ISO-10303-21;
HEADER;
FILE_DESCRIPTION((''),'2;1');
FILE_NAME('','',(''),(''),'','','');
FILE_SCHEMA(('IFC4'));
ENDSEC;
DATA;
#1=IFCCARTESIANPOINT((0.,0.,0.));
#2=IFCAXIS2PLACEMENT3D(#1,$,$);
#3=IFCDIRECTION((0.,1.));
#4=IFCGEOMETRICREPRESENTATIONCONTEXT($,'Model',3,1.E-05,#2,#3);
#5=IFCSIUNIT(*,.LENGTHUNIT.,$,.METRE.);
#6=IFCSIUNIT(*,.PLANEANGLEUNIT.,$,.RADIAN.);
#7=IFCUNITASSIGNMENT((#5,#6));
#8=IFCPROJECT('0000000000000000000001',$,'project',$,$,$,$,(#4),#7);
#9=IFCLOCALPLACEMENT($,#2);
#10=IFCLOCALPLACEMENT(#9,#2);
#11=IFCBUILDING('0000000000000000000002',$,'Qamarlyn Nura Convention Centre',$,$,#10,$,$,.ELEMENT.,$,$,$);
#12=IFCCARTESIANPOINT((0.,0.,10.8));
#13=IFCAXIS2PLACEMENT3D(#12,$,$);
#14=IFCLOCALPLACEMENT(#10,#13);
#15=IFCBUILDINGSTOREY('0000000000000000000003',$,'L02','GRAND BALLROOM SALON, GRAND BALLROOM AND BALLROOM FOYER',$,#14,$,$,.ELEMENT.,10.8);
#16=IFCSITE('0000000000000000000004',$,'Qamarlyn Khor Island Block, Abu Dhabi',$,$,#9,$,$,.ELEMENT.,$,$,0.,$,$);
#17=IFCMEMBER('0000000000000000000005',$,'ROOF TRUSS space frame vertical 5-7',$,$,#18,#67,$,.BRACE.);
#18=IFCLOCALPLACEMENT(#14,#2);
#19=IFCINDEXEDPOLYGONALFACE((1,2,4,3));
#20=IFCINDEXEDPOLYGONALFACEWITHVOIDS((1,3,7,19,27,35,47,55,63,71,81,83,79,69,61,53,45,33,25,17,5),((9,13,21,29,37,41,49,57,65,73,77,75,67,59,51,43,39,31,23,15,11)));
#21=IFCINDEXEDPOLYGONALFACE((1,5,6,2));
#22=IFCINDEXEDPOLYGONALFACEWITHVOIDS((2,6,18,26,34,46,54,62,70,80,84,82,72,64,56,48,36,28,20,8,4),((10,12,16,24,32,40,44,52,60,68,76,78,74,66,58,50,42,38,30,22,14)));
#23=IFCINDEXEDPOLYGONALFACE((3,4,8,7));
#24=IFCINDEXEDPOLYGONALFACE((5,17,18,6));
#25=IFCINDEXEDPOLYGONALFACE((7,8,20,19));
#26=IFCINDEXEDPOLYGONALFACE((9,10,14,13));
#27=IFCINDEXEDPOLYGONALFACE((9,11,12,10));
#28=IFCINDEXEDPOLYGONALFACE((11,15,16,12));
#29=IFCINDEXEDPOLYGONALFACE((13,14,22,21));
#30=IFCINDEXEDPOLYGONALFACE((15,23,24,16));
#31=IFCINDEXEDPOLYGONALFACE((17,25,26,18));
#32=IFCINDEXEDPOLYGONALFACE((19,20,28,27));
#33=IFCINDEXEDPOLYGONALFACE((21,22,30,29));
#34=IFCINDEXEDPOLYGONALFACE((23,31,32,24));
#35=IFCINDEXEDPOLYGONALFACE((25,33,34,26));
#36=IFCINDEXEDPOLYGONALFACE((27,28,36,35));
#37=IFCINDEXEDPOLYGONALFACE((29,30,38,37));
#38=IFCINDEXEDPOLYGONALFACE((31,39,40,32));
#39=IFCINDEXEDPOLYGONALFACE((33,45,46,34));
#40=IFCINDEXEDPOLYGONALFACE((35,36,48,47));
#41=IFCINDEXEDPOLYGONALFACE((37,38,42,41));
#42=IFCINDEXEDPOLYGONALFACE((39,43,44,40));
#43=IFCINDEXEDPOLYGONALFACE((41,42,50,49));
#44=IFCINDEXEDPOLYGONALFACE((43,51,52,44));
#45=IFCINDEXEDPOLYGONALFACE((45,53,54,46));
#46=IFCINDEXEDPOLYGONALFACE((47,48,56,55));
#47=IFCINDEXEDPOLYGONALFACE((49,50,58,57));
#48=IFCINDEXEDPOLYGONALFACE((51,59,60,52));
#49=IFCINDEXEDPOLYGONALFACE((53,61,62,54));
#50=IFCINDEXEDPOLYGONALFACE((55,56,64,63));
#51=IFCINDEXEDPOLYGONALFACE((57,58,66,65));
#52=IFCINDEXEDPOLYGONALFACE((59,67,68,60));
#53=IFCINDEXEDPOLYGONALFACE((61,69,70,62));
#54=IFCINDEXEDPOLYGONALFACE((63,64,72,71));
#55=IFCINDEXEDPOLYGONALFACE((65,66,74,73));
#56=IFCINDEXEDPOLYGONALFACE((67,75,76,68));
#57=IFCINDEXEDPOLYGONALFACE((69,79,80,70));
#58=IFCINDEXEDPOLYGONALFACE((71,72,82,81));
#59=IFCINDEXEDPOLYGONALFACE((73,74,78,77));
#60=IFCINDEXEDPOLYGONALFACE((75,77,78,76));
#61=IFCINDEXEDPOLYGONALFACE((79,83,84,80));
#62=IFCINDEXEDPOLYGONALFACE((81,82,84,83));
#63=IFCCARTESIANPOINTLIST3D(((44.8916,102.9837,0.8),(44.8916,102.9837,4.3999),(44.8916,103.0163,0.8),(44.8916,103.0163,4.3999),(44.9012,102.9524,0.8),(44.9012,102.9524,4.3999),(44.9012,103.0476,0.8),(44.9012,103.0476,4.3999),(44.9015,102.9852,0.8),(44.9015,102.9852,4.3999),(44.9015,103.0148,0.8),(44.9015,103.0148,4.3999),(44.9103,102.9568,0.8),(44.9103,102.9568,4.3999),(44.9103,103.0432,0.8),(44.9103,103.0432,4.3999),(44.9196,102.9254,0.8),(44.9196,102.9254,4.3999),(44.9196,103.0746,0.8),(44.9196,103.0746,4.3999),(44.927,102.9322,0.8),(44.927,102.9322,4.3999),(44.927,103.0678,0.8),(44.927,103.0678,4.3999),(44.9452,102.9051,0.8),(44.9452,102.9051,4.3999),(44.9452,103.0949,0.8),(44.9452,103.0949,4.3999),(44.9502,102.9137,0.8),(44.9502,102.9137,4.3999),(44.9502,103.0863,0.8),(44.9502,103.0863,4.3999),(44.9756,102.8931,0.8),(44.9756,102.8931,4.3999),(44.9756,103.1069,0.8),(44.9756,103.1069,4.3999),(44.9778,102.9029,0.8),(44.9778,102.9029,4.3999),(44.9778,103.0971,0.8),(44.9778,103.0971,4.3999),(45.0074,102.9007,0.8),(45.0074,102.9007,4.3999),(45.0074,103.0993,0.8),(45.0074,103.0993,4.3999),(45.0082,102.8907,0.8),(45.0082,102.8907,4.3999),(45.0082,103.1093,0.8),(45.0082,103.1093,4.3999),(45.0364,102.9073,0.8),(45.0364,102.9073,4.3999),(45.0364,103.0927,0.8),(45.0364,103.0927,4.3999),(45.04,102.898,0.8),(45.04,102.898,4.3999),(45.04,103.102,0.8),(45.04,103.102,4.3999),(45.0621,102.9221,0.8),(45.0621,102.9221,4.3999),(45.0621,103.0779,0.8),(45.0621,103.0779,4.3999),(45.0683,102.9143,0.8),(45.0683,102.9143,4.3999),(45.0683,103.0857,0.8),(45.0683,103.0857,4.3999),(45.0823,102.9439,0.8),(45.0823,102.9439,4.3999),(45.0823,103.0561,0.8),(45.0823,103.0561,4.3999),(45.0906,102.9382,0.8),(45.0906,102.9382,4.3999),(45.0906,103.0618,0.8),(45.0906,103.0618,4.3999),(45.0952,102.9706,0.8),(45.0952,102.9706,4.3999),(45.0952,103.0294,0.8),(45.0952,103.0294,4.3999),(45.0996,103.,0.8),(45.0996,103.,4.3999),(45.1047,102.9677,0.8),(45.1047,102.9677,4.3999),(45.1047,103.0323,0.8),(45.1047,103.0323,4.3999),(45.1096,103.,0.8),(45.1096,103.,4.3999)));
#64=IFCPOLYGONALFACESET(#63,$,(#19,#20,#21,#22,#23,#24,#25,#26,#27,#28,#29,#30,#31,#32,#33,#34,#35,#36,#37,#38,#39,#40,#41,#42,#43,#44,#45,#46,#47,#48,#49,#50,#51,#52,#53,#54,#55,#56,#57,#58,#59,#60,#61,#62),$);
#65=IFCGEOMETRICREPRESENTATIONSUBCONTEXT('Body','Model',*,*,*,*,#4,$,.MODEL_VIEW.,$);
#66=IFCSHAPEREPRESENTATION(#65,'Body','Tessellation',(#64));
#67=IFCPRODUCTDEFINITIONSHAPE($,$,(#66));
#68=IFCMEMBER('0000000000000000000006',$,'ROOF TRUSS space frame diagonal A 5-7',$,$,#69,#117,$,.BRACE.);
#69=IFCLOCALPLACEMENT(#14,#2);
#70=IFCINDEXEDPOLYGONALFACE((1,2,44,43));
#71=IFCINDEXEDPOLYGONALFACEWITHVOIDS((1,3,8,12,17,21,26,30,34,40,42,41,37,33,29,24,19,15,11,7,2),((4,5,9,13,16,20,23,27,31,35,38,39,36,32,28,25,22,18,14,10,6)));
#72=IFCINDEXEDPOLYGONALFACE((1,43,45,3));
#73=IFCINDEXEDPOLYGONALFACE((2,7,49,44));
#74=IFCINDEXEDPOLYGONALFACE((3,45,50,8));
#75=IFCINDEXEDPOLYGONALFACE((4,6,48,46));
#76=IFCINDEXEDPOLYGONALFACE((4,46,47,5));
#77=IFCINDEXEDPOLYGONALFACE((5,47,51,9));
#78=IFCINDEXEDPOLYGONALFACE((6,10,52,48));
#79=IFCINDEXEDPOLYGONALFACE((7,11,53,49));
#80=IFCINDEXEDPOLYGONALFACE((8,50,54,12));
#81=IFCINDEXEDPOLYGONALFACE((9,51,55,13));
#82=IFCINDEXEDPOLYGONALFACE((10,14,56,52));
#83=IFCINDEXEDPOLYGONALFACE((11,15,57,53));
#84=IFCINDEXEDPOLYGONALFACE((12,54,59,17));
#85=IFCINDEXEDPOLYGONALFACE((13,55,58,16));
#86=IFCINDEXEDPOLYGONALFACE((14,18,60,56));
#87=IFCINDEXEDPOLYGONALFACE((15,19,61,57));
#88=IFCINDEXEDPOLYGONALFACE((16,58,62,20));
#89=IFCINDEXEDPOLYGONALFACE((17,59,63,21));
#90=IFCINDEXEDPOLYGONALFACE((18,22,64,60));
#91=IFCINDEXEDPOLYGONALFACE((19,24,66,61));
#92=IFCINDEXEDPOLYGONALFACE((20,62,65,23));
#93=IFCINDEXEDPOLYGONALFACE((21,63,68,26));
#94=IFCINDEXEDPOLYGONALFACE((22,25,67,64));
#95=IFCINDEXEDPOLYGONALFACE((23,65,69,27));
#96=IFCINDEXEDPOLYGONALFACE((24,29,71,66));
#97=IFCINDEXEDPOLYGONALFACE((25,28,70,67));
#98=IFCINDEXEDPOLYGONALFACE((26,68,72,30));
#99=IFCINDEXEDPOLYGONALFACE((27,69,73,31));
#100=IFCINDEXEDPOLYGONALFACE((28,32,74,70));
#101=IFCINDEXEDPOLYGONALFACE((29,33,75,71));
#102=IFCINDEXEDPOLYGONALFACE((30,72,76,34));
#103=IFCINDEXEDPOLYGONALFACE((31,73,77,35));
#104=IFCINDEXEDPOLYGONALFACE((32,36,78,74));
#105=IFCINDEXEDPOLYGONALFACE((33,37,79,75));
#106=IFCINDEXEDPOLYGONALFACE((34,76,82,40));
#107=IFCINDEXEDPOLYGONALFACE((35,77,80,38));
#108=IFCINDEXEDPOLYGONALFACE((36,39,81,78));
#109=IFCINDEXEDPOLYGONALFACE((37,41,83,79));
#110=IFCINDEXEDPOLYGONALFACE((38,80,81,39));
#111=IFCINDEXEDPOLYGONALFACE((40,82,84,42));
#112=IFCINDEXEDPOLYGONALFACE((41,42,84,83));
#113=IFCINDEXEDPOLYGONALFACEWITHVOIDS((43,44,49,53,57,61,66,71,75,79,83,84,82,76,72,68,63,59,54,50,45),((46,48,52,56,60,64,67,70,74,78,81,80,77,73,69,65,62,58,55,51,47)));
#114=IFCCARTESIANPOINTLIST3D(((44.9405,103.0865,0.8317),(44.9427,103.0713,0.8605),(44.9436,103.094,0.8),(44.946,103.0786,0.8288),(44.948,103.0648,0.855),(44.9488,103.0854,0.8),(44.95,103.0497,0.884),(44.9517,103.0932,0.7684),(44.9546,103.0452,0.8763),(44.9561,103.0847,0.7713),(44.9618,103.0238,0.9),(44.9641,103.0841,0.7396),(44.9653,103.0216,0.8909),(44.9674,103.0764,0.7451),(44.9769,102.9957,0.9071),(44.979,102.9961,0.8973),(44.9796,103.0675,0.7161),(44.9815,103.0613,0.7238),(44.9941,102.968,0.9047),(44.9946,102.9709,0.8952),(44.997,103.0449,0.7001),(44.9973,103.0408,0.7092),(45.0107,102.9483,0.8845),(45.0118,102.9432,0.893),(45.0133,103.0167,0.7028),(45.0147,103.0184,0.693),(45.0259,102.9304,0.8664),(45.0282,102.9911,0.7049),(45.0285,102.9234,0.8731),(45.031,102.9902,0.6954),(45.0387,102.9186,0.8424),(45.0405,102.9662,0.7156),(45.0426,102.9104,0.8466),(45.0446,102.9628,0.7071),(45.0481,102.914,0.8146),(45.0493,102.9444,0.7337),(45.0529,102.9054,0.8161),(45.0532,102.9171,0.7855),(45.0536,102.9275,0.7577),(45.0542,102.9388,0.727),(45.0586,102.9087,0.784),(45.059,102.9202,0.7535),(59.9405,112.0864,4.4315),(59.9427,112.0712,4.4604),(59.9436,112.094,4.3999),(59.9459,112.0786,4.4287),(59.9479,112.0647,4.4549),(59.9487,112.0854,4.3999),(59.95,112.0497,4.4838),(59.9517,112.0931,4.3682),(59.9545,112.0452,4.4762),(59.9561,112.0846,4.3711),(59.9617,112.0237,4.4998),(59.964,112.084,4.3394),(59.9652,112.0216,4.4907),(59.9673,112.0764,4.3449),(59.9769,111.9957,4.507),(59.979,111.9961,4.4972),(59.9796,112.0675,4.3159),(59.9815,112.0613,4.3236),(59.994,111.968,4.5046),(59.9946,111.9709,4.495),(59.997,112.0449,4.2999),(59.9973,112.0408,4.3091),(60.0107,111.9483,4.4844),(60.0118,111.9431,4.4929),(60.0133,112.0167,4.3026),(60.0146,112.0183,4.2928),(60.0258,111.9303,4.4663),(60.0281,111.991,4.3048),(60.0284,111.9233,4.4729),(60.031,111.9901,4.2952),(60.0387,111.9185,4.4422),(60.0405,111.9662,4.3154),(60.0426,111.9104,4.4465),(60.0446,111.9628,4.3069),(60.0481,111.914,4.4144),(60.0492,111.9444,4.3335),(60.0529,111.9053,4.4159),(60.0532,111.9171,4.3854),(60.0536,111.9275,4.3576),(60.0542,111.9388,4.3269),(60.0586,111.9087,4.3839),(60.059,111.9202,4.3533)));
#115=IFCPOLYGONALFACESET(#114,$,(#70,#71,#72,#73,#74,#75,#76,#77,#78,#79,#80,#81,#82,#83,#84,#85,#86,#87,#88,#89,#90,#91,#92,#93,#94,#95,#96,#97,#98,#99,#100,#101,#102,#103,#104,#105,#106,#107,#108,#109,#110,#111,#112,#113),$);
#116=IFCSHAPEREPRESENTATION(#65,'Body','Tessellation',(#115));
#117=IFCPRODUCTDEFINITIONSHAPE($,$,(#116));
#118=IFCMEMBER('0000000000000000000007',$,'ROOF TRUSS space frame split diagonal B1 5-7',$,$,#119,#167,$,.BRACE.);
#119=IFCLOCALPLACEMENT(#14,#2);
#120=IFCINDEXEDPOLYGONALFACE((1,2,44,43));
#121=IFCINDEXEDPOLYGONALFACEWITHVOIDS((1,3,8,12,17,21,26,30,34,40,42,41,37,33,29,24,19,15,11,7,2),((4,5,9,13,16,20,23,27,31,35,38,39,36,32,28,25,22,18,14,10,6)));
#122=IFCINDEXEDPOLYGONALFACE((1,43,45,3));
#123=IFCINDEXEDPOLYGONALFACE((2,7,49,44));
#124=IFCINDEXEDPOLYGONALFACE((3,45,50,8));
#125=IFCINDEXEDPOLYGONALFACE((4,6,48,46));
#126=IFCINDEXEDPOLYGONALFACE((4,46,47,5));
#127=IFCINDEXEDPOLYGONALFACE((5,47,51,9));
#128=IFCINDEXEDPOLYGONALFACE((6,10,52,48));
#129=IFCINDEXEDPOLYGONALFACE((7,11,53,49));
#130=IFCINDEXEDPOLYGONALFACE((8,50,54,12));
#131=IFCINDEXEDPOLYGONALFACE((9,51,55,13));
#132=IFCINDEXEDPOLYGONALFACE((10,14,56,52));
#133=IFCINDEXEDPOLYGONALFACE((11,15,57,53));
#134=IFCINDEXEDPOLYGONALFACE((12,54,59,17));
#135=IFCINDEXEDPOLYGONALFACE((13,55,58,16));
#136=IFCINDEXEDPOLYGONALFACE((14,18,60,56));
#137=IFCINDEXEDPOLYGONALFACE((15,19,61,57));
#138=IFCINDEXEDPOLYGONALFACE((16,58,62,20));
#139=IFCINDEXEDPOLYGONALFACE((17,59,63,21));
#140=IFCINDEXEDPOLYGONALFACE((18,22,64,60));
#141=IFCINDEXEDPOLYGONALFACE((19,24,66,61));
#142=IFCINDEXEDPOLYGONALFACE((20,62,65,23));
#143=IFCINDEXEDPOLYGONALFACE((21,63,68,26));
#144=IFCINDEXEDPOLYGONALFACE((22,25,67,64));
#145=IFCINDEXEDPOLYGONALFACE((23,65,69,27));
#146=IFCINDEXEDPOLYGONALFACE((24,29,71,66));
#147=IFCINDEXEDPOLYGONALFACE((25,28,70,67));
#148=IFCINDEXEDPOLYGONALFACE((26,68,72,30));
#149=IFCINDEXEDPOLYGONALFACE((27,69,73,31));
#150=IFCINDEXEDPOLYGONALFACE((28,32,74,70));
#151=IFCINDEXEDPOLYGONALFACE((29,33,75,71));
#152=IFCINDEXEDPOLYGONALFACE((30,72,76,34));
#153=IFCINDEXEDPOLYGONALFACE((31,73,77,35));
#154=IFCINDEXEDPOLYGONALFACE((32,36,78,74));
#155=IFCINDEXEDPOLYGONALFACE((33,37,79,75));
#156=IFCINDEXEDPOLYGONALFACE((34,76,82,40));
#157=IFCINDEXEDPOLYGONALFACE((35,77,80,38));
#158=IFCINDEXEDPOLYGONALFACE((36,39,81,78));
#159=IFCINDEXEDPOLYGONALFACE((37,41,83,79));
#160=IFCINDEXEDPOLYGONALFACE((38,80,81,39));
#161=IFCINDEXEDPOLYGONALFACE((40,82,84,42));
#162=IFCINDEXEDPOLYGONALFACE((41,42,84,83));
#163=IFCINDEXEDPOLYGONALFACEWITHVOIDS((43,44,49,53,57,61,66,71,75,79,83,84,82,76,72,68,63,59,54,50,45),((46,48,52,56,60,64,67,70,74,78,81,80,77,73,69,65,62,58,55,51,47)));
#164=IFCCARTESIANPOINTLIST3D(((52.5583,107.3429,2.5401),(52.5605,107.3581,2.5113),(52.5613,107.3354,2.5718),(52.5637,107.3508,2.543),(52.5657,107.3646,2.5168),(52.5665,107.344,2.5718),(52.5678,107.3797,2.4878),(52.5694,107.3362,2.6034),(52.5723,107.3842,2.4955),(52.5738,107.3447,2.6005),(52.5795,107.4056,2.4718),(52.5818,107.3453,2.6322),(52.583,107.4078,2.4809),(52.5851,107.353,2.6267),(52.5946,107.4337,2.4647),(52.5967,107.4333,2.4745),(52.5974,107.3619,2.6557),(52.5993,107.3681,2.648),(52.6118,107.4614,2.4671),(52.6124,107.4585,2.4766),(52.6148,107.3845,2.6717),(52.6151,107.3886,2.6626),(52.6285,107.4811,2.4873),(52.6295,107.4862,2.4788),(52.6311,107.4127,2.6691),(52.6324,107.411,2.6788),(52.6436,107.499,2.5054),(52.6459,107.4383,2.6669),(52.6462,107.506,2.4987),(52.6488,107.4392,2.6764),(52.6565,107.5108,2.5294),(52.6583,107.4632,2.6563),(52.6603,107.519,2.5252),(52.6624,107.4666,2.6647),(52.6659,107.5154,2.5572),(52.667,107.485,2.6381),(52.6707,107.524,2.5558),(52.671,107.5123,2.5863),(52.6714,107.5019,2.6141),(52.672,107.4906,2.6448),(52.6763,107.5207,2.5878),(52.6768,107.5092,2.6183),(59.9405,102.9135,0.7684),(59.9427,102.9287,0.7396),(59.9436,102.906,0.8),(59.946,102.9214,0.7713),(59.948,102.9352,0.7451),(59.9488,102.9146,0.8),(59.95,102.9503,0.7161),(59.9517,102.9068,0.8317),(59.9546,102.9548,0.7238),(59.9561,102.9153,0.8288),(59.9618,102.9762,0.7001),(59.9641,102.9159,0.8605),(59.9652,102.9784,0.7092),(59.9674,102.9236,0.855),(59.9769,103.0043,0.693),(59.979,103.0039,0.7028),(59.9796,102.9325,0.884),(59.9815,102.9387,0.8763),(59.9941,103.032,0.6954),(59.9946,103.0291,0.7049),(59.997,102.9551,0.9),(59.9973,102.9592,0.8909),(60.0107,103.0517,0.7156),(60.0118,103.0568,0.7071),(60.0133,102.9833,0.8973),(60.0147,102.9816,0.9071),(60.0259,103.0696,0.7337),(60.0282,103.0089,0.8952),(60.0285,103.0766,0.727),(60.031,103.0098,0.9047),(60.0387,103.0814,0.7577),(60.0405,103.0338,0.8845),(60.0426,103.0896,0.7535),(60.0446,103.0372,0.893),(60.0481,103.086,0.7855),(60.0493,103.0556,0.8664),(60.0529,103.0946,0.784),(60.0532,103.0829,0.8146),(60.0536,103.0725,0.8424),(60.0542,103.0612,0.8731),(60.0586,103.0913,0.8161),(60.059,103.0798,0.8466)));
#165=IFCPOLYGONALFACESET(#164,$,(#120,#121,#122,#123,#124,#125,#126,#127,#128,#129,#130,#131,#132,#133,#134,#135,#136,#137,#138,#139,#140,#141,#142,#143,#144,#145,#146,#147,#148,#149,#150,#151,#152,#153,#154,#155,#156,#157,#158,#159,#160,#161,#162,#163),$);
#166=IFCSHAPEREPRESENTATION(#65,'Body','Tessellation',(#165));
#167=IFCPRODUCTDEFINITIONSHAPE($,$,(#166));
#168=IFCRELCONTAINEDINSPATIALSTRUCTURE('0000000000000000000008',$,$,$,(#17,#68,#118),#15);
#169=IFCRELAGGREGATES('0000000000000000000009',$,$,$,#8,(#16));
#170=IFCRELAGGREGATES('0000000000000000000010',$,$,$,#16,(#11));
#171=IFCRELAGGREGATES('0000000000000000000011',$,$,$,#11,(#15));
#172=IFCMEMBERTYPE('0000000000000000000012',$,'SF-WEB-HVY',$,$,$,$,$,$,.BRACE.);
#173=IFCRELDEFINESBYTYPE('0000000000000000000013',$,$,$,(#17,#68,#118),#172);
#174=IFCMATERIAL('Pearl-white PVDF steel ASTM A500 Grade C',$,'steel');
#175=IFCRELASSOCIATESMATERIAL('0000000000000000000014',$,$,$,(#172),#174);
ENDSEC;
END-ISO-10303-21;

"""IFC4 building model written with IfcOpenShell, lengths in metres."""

from ifc_helpers import new_model, si_unit, direction, frame, origin, origin_2d, place, context, subcontext, project, spatial, hollow_circle, extrude, material, material_profile, profile_set, type_object, element, save


model = new_model("IFC4")

# Units and contexts
model_context = context("Model", 3, precision=1e-05, world=origin(), true_north=direction((0.0, 1.0)))
body_context = subcontext(model_context, "Body", "Model", "MODEL_VIEW")
ifc_project = project(units=[si_unit("LENGTHUNIT", "METRE"), si_unit("PLANEANGLEUNIT", "RADIAN")], contexts=[model_context])

# Site, building, storey
site_placement = place(None, origin())
site = spatial("IfcSite", under=ifc_project, at=site_placement, Name="Qamarlyn Khor Island Block, Abu Dhabi", CompositionType="ELEMENT", RefElevation=0.0)
building_placement = place(site_placement, origin())
building = spatial("IfcBuilding", under=site, at=building_placement, Name="Qamarlyn Nura Convention Centre", CompositionType="ELEMENT")
storey_placement = place(building_placement, frame((0.0, 0.0, 10.8)))
storey = spatial("IfcBuildingStorey", under=building, at=storey_placement, Name="L02", Description="GRAND BALLROOM SALON, GRAND BALLROOM AND BALLROOM FOYER", CompositionType="ELEMENT", Elevation=10.8)

# Members
ifc_material_1 = material(Name="Pearl-white PVDF steel ASTM A500 Grade C", Category="steel")
ifc_material_profile_1 = material_profile(ifc_material_1, hollow_circle(Radius=0.1096, WallThickness=0.01, at=origin_2d()), Name="CHS219.1X10")
ifc_profile_set_1 = profile_set([ifc_material_profile_1], Name="Pearl-white PVDF steel ASTM A500 Grade C")
member_type_1 = type_object("IfcMemberType", Name="SF-WEB-HVY", PredefinedType="BRACE", material=ifc_profile_set_1)
member_1_placement = place(storey_placement, frame((45.0, 103.0, 0.8), z_axis=(0.0, 0.0, 1.0), x_axis=(1.0, 0.0, 0.0)))
element("IfcMember", 1, at=member_1_placement, inside=storey, type_object=member_type_1, Name="ROOF TRUSS space frame vertical 5-7", PredefinedType="BRACE", context=body_context, shape_type="SweptSolid", body=[
    extrude(hollow_circle(Radius=0.1096, WallThickness=0.01, at=origin_2d()), origin(), (0.0, 0.0, 1.0), 3.5999),
])
member_2_placement = place(storey_placement, frame((45.0, 103.0, 0.8), z_axis=(0.839893, 0.503936, 0.201566), x_axis=(-0.514496, 0.857493, 0.0)))
element("IfcMember", 2, at=member_2_placement, inside=storey, type_object=member_type_1, Name="ROOF TRUSS space frame diagonal A 5-7", PredefinedType="BRACE", context=body_context, shape_type="SweptSolid", body=[
    extrude(hollow_circle(Radius=0.1096, WallThickness=0.01, at=origin_2d()), origin(), (0.0, 0.0, 1.0), 17.8594),
])
member_3_placement = place(storey_placement, frame((60.0, 103.0, 0.8), z_axis=(-0.83989, 0.503939, 0.20157), x_axis=(-0.5145, -0.85749, 0.0)))
element("IfcMember", 3, at=member_3_placement, inside=storey, type_object=member_type_1, Name="ROOF TRUSS space frame split diagonal B1 5-7", PredefinedType="BRACE", context=body_context, shape_type="SweptSolid", body=[
    extrude(hollow_circle(Radius=0.1096, WallThickness=0.01, at=origin_2d()), origin(), (0.0, 0.0, 1.0), 8.7896),
])

save(model, "model.ifc")
